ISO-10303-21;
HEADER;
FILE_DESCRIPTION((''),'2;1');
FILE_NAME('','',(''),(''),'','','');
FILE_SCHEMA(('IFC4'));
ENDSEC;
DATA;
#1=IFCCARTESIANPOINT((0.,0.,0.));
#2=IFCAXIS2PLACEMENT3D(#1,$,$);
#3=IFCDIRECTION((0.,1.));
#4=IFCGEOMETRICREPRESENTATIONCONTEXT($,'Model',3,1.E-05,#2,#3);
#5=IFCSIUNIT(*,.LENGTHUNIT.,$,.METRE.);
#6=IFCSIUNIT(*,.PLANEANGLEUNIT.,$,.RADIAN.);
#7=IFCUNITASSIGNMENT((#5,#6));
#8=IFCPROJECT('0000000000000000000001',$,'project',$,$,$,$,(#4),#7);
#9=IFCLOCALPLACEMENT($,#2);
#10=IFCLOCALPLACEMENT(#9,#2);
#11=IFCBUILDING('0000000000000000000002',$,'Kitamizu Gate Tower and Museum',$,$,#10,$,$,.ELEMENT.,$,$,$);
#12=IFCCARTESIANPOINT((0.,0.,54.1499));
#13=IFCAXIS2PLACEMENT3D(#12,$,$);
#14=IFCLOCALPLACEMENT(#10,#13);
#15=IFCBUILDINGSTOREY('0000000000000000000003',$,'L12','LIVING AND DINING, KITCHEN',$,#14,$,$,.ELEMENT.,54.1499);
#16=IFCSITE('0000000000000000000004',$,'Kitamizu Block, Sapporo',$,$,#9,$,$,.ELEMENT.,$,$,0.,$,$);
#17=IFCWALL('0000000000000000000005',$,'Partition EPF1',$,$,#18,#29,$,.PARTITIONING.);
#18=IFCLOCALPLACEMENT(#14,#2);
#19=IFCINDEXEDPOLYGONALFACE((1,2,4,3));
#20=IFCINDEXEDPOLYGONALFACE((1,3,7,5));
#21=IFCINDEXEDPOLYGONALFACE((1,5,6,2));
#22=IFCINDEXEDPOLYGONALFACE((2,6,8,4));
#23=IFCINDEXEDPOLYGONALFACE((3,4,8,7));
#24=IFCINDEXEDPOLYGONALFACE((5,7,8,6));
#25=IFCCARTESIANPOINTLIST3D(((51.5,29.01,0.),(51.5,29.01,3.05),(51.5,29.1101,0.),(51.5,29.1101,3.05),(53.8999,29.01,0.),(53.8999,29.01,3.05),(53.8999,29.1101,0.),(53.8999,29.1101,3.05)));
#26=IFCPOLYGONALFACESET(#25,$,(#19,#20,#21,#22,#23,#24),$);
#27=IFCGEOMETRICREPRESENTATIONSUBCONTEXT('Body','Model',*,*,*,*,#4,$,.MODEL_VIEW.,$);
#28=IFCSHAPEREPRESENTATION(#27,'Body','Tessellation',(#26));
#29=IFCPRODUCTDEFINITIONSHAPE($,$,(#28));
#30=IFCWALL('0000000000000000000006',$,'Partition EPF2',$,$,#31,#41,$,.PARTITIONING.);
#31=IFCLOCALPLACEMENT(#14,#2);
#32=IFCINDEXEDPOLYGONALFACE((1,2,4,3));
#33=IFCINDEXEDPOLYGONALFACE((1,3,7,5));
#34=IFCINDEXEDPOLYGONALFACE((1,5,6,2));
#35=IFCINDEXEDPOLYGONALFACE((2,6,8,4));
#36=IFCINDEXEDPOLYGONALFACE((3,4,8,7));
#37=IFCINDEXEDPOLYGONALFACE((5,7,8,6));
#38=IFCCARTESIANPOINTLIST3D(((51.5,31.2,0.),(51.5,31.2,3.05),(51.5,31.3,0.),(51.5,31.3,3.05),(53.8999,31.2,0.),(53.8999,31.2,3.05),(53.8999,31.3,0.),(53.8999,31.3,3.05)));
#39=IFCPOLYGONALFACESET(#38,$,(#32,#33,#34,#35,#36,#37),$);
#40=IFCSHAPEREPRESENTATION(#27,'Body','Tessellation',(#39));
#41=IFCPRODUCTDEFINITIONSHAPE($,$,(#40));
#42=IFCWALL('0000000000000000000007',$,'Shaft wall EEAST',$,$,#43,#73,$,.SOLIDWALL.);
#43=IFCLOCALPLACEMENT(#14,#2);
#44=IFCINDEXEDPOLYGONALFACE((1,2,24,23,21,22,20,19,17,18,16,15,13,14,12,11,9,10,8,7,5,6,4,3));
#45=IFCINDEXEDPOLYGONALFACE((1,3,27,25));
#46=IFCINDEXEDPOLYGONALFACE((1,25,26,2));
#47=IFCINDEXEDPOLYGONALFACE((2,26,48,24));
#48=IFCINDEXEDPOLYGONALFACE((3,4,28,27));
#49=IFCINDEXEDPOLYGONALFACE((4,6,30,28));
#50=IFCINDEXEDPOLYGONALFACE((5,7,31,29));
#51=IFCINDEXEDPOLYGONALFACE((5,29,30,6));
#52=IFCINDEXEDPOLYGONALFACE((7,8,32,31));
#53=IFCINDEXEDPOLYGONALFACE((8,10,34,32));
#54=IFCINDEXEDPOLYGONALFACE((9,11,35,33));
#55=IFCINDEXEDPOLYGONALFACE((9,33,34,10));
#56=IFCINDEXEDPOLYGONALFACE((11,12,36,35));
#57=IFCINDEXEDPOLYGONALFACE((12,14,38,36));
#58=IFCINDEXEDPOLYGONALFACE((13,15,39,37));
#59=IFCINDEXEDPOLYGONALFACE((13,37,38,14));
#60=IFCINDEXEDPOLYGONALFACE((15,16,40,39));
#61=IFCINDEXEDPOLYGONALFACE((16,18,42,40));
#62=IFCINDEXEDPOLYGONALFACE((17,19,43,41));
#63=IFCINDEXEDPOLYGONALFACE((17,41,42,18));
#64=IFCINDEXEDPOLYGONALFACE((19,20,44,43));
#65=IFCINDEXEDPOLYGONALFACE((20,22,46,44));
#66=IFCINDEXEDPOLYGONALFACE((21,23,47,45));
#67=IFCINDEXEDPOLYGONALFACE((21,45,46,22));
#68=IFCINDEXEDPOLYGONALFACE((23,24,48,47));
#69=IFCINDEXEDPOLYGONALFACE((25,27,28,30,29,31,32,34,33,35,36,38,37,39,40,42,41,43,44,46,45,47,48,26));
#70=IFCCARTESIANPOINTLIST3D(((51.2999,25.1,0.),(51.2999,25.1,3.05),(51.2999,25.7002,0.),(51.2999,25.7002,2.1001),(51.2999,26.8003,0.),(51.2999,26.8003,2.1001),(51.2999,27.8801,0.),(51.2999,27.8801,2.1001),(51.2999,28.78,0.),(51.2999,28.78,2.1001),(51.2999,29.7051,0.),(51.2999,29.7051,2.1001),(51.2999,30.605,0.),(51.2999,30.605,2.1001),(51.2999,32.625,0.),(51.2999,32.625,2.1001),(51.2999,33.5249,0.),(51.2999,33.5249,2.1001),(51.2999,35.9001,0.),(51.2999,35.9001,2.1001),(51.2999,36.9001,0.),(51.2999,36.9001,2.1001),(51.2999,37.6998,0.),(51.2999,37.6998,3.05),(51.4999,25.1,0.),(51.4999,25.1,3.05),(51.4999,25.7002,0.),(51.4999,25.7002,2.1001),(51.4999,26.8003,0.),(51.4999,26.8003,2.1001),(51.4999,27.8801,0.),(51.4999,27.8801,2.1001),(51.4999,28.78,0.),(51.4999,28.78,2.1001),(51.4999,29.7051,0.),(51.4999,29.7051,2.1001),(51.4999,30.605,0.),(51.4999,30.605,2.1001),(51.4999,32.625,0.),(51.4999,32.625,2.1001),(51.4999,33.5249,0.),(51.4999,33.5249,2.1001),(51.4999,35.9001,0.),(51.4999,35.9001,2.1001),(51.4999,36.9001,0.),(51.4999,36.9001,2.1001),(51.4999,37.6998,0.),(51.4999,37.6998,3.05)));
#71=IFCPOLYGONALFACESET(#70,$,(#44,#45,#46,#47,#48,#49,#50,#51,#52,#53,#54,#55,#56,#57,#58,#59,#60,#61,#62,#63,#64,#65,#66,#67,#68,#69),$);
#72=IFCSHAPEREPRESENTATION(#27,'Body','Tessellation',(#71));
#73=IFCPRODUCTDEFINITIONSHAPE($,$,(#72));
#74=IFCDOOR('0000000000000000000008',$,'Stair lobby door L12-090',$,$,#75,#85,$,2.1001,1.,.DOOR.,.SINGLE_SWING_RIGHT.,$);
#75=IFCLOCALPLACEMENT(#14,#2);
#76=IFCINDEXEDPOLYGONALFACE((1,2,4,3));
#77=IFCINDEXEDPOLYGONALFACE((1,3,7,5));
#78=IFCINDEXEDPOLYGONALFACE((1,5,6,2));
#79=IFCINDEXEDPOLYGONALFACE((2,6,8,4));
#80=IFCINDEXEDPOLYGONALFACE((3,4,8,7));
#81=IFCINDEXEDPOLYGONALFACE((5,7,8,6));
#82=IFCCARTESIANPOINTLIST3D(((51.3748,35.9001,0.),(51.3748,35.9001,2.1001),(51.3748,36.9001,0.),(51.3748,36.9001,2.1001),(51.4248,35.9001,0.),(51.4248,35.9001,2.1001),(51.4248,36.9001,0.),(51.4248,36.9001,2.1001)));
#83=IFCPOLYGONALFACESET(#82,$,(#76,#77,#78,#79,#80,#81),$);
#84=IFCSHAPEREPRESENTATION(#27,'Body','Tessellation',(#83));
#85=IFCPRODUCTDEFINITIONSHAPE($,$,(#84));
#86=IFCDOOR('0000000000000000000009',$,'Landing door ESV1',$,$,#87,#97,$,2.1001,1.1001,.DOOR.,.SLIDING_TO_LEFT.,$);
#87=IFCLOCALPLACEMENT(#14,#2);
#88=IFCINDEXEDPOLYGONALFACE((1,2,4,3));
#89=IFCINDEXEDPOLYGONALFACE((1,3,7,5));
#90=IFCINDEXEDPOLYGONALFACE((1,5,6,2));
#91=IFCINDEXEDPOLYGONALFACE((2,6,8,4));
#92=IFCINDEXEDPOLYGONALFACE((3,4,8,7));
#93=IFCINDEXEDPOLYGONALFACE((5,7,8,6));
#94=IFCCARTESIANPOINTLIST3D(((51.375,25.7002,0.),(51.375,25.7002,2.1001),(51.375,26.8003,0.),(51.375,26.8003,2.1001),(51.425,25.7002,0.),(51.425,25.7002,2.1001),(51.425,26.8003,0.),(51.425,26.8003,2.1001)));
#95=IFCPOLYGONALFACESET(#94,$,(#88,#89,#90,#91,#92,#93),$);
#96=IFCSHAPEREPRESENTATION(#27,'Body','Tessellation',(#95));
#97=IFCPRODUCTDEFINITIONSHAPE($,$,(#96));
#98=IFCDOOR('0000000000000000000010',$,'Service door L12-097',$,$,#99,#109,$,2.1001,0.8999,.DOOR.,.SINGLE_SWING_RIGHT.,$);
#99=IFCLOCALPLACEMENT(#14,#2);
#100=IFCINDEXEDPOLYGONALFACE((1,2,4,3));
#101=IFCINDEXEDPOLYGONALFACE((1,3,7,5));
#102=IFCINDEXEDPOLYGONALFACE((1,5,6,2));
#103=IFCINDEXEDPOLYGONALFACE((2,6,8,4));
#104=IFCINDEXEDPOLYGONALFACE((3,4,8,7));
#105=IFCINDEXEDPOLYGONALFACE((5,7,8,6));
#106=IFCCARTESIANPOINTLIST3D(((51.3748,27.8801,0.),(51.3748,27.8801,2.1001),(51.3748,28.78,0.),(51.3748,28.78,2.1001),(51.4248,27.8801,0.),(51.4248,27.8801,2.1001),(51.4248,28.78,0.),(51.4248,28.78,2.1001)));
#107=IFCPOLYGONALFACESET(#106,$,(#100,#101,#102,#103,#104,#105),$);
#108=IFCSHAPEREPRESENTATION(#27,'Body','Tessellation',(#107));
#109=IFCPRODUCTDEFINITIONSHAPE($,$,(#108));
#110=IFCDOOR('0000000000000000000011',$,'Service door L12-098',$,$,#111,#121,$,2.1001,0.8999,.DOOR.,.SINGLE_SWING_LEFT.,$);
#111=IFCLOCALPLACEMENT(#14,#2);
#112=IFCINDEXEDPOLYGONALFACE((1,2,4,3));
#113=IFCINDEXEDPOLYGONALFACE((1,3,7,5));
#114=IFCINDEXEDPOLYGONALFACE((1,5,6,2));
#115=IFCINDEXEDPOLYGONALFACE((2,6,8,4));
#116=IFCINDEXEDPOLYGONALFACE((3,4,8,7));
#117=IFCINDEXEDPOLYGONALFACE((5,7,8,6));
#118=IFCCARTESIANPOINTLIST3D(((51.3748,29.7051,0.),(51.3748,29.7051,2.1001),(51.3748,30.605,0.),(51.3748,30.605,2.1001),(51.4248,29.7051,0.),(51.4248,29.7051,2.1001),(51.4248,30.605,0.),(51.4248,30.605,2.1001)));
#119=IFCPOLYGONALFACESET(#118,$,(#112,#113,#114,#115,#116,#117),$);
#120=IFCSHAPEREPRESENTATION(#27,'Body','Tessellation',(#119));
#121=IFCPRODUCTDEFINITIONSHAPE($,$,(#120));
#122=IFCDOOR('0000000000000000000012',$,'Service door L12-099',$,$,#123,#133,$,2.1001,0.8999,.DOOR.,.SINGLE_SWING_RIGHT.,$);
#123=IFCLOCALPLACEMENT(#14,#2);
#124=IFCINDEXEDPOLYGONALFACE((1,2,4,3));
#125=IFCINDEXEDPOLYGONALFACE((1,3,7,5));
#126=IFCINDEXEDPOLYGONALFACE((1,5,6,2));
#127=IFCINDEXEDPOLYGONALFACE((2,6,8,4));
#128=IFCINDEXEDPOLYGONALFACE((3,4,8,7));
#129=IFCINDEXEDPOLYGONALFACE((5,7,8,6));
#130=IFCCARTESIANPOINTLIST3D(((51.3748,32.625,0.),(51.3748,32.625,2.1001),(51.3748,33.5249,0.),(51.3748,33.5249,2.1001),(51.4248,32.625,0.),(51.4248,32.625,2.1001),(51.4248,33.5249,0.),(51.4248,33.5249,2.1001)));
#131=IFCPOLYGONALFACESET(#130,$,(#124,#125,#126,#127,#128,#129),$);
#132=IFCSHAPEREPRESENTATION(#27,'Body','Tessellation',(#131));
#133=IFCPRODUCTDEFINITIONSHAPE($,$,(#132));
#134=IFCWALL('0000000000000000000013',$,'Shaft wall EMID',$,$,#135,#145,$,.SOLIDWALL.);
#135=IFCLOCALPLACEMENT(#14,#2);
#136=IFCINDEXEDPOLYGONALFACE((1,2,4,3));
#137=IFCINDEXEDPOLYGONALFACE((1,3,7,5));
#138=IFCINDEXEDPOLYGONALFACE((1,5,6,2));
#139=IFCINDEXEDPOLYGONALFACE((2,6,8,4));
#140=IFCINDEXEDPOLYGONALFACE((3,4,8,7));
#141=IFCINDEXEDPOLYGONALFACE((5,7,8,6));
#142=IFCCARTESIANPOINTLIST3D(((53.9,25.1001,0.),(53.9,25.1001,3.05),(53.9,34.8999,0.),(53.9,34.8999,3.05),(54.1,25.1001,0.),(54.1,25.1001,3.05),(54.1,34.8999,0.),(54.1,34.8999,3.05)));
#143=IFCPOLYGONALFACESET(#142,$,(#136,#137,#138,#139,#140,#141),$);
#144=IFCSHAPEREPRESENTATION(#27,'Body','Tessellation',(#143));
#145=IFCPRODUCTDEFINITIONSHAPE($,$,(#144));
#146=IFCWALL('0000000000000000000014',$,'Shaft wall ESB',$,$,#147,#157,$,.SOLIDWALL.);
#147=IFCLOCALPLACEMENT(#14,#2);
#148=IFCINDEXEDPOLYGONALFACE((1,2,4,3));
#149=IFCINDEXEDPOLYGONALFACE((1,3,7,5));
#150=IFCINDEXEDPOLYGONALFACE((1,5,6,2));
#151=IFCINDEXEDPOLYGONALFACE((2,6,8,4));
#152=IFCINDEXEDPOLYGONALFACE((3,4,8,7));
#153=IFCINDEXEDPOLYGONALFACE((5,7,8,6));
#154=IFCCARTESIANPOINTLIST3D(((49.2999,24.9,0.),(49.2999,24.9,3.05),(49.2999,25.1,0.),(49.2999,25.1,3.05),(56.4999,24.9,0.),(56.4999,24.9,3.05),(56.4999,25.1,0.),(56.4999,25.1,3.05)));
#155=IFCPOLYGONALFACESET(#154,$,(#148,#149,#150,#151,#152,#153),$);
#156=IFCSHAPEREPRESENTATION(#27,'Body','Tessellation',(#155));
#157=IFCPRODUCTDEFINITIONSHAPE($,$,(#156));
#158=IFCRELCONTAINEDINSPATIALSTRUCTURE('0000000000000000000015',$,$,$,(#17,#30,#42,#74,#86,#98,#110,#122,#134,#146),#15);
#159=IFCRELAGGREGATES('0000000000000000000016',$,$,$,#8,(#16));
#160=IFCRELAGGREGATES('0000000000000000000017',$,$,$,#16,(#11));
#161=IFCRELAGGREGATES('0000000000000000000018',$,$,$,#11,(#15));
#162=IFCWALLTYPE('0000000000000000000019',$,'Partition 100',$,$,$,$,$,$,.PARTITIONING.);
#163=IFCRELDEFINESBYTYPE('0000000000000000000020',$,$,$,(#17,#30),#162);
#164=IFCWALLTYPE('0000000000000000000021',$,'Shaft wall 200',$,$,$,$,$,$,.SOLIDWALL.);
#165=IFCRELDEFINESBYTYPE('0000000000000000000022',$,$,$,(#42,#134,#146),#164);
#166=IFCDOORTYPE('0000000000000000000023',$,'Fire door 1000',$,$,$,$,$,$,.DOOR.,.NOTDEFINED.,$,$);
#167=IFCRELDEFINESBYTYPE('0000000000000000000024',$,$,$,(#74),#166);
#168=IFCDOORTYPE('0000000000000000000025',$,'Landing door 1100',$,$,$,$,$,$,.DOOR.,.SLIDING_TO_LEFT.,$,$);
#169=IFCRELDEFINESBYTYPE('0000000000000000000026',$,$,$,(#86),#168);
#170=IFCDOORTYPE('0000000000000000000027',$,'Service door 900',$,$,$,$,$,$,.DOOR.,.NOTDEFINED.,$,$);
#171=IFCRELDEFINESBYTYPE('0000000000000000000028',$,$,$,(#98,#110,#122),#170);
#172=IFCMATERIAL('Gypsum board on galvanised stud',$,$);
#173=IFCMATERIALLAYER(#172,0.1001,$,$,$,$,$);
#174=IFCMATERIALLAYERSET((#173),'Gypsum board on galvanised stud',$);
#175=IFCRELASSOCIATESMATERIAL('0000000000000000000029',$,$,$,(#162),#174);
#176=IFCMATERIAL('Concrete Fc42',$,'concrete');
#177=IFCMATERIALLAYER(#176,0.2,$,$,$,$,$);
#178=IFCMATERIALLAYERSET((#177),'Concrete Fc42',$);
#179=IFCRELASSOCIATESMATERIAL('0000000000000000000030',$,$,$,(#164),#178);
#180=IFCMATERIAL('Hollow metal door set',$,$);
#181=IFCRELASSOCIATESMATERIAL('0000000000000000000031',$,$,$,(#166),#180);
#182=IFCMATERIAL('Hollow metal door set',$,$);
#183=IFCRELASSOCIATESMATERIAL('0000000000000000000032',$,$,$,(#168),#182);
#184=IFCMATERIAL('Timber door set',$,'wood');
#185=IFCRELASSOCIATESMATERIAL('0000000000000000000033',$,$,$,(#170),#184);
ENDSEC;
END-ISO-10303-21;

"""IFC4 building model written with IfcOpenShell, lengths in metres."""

from ifc_helpers import new_model, si_unit, direction, frame, frame_2d, origin, place, context, subcontext, project, spatial, rectangle, extrude, material, layer, layer_set, type_object, element, fill, save


model = new_model("IFC4")

# Units and contexts
model_context = context("Model", 3, precision=1e-05, world=origin(), true_north=direction((0.0, 1.0)))
body_context = subcontext(model_context, "Body", "Model", "MODEL_VIEW")
ifc_project = project(units=[si_unit("LENGTHUNIT", "METRE"), si_unit("PLANEANGLEUNIT", "RADIAN")], contexts=[model_context])

# Site, building, storey
site_placement = place(None, origin())
site = spatial("IfcSite", under=ifc_project, at=site_placement, Name="Kitamizu Block, Sapporo", CompositionType="ELEMENT", RefElevation=0.0)
building_placement = place(site_placement, origin())
building = spatial("IfcBuilding", under=site, at=building_placement, Name="Kitamizu Gate Tower and Museum", CompositionType="ELEMENT")
storey_placement = place(building_placement, frame((0.0, 0.0, 54.1499)))
storey = spatial("IfcBuildingStorey", under=building, at=storey_placement, Name="L12", Description="LIVING AND DINING, KITCHEN", CompositionType="ELEMENT", Elevation=54.1499)

# Walls
ifc_material_1 = material(Name="Gypsum board on galvanised stud")
ifc_layer_1 = layer(ifc_material_1, 0.1001)
ifc_layer_set_1 = layer_set([ifc_layer_1], Name="Gypsum board on galvanised stud")
wall_type_1 = type_object("IfcWallType", Name="Partition 100", PredefinedType="PARTITIONING", material=ifc_layer_set_1)
for number, where, z_axis, x_axis, name in (
    (1, (53.8999, 29.0601, 0.0), (0.0, 0.0, 1.0), (-1.0, 0.0, 0.0), "Partition EPF1"),
    (2, (53.8999, 31.25, 0.0), (0.0, 0.0, 1.0), (-1.0, 0.0, 0.0), "Partition EPF2"),
):
    element("IfcWall", number, at=place(storey_placement, frame(where, z_axis=z_axis, x_axis=x_axis)), inside=storey, type_object=wall_type_1, Name=name, PredefinedType="PARTITIONING", context=body_context, shape_type="SweptSolid", body=[
        extrude(rectangle(XDim=2.3999, YDim=0.1001, at=frame_2d((1.2, 0.0))), origin(), (0.0, 0.0, 1.0), 3.05),
    ])

# Wall, openings, doors
ifc_material_2 = material(Name="Concrete Fc42", Category="concrete")
ifc_layer_2 = layer(ifc_material_2, 0.2)
ifc_layer_set_2 = layer_set([ifc_layer_2], Name="Concrete Fc42")
wall_type_2 = type_object("IfcWallType", Name="Shaft wall 200", PredefinedType="SOLIDWALL", material=ifc_layer_set_2)
wall_1_placement = place(storey_placement, frame((51.3999, 25.1001, 0.0), z_axis=(0.0, 0.0, 1.0), x_axis=(0.0, 1.0, 0.0)))
wall_1 = element("IfcWall", 3, at=wall_1_placement, inside=storey, type_object=wall_type_2, Name="Shaft wall EEAST", PredefinedType="SOLIDWALL", context=body_context, shape_type="SweptSolid", body=[
    extrude(rectangle(XDim=12.5999, YDim=0.2, at=frame_2d((6.2998, 0.0))), origin(), (0.0, 0.0, 1.0), 3.05),
])
opening_1_placement = place(wall_1_placement, frame((0.6001, 0.0, 0.0)))
opening_1 = element("IfcOpeningElement", 4, at=opening_1_placement, cuts=wall_1, PredefinedType="OPENING", context=body_context, shape_type="SweptSolid", body=[
    extrude(rectangle(XDim=1.1001, YDim=2.1001, at=frame_2d((0.55, 1.05))), frame((0.0, 0.1099, 0.0), z_axis=(0.0, -1.0, 0.0), x_axis=(1.0, 0.0, 0.0)), (0.0, 0.0, 1.0), 0.22),
])
opening_2_placement = place(wall_1_placement, frame((10.8, 0.0, 0.0)))
opening_2 = element("IfcOpeningElement", 5, at=opening_2_placement, cuts=wall_1, PredefinedType="OPENING", context=body_context, shape_type="SweptSolid", body=[
    extrude(rectangle(XDim=1.0, YDim=2.1001, at=frame_2d((0.5, 1.05))), frame((0.0, 0.1099, 0.0), z_axis=(0.0, -1.0, 0.0), x_axis=(1.0, 0.0, 0.0)), (0.0, 0.0, 1.0), 0.22),
])
opening_3_placement = place(wall_1_placement, frame((2.78, 0.0, 0.0)))
opening_3 = element("IfcOpeningElement", 6, at=opening_3_placement, cuts=wall_1, PredefinedType="OPENING", context=body_context, shape_type="SweptSolid", body=[
    extrude(rectangle(XDim=0.8999, YDim=2.1001, at=frame_2d((0.45, 1.05))), frame((0.0, 0.1099, 0.0), z_axis=(0.0, -1.0, 0.0), x_axis=(1.0, 0.0, 0.0)), (0.0, 0.0, 1.0), 0.22),
])
opening_4_placement = place(wall_1_placement, frame((4.605, 0.0, 0.0)))
opening_4 = element("IfcOpeningElement", 7, at=opening_4_placement, cuts=wall_1, PredefinedType="OPENING", context=body_context, shape_type="SweptSolid", body=[
    extrude(rectangle(XDim=0.8999, YDim=2.1001, at=frame_2d((0.45, 1.05))), frame((0.0, 0.1099, 0.0), z_axis=(0.0, -1.0, 0.0), x_axis=(1.0, 0.0, 0.0)), (0.0, 0.0, 1.0), 0.22),
])
opening_5_placement = place(wall_1_placement, frame((7.5249, 0.0, 0.0)))
opening_5 = element("IfcOpeningElement", 8, at=opening_5_placement, cuts=wall_1, PredefinedType="OPENING", context=body_context, shape_type="SweptSolid", body=[
    extrude(rectangle(XDim=0.8999, YDim=2.1001, at=frame_2d((0.45, 1.05))), frame((0.0, 0.1099, 0.0), z_axis=(0.0, -1.0, 0.0), x_axis=(1.0, 0.0, 0.0)), (0.0, 0.0, 1.0), 0.22),
])
ifc_material_3 = material(Name="Hollow metal door set")
door_type_1 = type_object("IfcDoorType", Name="Fire door 1000", OperationType="NOTDEFINED", PredefinedType="DOOR", material=ifc_material_3)
door_1_placement = place(opening_2_placement, frame((1.0, 0.0, 0.0), x_axis=(-1.0, 0.0, 0.0)))
door_1 = element("IfcDoor", 9, at=door_1_placement, inside=storey, type_object=door_type_1, Name="Stair lobby door L12-090", OperationType="SINGLE_SWING_RIGHT", OverallHeight=2.1001, OverallWidth=1.0, PredefinedType="DOOR", context=body_context, shape_type="SweptSolid", body=[
    extrude(rectangle(XDim=1.0, YDim=2.1001, at=frame_2d((0.5, 1.05))), frame((0.0, 0.0249, 0.0), z_axis=(0.0, -1.0, 0.0), x_axis=(1.0, 0.0, 0.0)), (0.0, 0.0, 1.0), 0.05),
])
fill(opening_2, door_1)
ifc_material_4 = material(Name="Hollow metal door set")
door_type_2 = type_object("IfcDoorType", Name="Landing door 1100", OperationType="SLIDING_TO_LEFT", PredefinedType="DOOR", material=ifc_material_4)
door_2_placement = place(opening_1_placement, origin())
door_2 = element("IfcDoor", 10, at=door_2_placement, inside=storey, type_object=door_type_2, Name="Landing door ESV1", OperationType="SLIDING_TO_LEFT", OverallHeight=2.1001, OverallWidth=1.1001, PredefinedType="DOOR", context=body_context, shape_type="SweptSolid", body=[
    extrude(rectangle(XDim=1.1001, YDim=2.1001, at=frame_2d((0.55, 1.05))), frame((0.0, 0.0249, 0.0), z_axis=(0.0, -1.0, 0.0), x_axis=(1.0, 0.0, 0.0)), (0.0, 0.0, 1.0), 0.05),
])
fill(opening_1, door_2)
ifc_material_5 = material(Name="Timber door set", Category="wood")
door_type_3 = type_object("IfcDoorType", Name="Service door 900", OperationType="NOTDEFINED", PredefinedType="DOOR", material=ifc_material_5)
door_3_placement = place(opening_3_placement, frame((0.8999, 0.0, 0.0), x_axis=(-1.0, 0.0, 0.0)))
door_3 = element("IfcDoor", 11, at=door_3_placement, inside=storey, type_object=door_type_3, Name="Service door L12-097", OperationType="SINGLE_SWING_RIGHT", OverallHeight=2.1001, OverallWidth=0.8999, PredefinedType="DOOR", context=body_context, shape_type="SweptSolid", body=[
    extrude(rectangle(XDim=0.8999, YDim=2.1001, at=frame_2d((0.45, 1.05))), frame((0.0, 0.0249, 0.0), z_axis=(0.0, -1.0, 0.0), x_axis=(1.0, 0.0, 0.0)), (0.0, 0.0, 1.0), 0.05),
])
fill(opening_3, door_3)
door_4_placement = place(opening_4_placement, frame((0.8999, 0.0, 0.0), x_axis=(-1.0, 0.0, 0.0)))
door_4 = element("IfcDoor", 12, at=door_4_placement, inside=storey, type_object=door_type_3, Name="Service door L12-098", OperationType="SINGLE_SWING_LEFT", OverallHeight=2.1001, OverallWidth=0.8999, PredefinedType="DOOR", context=body_context, shape_type="SweptSolid", body=[
    extrude(rectangle(XDim=0.8999, YDim=2.1001, at=frame_2d((0.45, 1.05))), frame((0.0, 0.0249, 0.0), z_axis=(0.0, -1.0, 0.0), x_axis=(1.0, 0.0, 0.0)), (0.0, 0.0, 1.0), 0.05),
])
fill(opening_4, door_4)
door_5_placement = place(opening_5_placement, frame((0.8999, 0.0, 0.0), x_axis=(-1.0, 0.0, 0.0)))
door_5 = element("IfcDoor", 13, at=door_5_placement, inside=storey, type_object=door_type_3, Name="Service door L12-099", OperationType="SINGLE_SWING_RIGHT", OverallHeight=2.1001, OverallWidth=0.8999, PredefinedType="DOOR", context=body_context, shape_type="SweptSolid", body=[
    extrude(rectangle(XDim=0.8999, YDim=2.1001, at=frame_2d((0.45, 1.05))), frame((0.0, 0.0249, 0.0), z_axis=(0.0, -1.0, 0.0), x_axis=(1.0, 0.0, 0.0)), (0.0, 0.0, 1.0), 0.05),
])
fill(opening_5, door_5)

# Walls
wall_2_placement = place(storey_placement, frame((54.0, 25.1001, 0.0), z_axis=(0.0, 0.0, 1.0), x_axis=(0.0, 1.0, 0.0)))
element("IfcWall", 14, at=wall_2_placement, inside=storey, type_object=wall_type_2, Name="Shaft wall EMID", PredefinedType="SOLIDWALL", context=body_context, shape_type="SweptSolid", body=[
    extrude(rectangle(XDim=9.7998, YDim=0.2, at=frame_2d((4.8999, 0.0))), origin(), (0.0, 0.0, 1.0), 3.05),
])
wall_3_placement = place(storey_placement, frame((56.5, 25.0, 0.0), z_axis=(0.0, 0.0, 1.0), x_axis=(-1.0, 0.0, 0.0)))
element("IfcWall", 15, at=wall_3_placement, inside=storey, type_object=wall_type_2, Name="Shaft wall ESB", PredefinedType="SOLIDWALL", context=body_context, shape_type="SweptSolid", body=[
    extrude(rectangle(XDim=7.2, YDim=0.2, at=frame_2d((3.6001, 0.0))), origin(), (0.0, 0.0, 1.0), 3.05),
])

save(model, "model.ifc")
